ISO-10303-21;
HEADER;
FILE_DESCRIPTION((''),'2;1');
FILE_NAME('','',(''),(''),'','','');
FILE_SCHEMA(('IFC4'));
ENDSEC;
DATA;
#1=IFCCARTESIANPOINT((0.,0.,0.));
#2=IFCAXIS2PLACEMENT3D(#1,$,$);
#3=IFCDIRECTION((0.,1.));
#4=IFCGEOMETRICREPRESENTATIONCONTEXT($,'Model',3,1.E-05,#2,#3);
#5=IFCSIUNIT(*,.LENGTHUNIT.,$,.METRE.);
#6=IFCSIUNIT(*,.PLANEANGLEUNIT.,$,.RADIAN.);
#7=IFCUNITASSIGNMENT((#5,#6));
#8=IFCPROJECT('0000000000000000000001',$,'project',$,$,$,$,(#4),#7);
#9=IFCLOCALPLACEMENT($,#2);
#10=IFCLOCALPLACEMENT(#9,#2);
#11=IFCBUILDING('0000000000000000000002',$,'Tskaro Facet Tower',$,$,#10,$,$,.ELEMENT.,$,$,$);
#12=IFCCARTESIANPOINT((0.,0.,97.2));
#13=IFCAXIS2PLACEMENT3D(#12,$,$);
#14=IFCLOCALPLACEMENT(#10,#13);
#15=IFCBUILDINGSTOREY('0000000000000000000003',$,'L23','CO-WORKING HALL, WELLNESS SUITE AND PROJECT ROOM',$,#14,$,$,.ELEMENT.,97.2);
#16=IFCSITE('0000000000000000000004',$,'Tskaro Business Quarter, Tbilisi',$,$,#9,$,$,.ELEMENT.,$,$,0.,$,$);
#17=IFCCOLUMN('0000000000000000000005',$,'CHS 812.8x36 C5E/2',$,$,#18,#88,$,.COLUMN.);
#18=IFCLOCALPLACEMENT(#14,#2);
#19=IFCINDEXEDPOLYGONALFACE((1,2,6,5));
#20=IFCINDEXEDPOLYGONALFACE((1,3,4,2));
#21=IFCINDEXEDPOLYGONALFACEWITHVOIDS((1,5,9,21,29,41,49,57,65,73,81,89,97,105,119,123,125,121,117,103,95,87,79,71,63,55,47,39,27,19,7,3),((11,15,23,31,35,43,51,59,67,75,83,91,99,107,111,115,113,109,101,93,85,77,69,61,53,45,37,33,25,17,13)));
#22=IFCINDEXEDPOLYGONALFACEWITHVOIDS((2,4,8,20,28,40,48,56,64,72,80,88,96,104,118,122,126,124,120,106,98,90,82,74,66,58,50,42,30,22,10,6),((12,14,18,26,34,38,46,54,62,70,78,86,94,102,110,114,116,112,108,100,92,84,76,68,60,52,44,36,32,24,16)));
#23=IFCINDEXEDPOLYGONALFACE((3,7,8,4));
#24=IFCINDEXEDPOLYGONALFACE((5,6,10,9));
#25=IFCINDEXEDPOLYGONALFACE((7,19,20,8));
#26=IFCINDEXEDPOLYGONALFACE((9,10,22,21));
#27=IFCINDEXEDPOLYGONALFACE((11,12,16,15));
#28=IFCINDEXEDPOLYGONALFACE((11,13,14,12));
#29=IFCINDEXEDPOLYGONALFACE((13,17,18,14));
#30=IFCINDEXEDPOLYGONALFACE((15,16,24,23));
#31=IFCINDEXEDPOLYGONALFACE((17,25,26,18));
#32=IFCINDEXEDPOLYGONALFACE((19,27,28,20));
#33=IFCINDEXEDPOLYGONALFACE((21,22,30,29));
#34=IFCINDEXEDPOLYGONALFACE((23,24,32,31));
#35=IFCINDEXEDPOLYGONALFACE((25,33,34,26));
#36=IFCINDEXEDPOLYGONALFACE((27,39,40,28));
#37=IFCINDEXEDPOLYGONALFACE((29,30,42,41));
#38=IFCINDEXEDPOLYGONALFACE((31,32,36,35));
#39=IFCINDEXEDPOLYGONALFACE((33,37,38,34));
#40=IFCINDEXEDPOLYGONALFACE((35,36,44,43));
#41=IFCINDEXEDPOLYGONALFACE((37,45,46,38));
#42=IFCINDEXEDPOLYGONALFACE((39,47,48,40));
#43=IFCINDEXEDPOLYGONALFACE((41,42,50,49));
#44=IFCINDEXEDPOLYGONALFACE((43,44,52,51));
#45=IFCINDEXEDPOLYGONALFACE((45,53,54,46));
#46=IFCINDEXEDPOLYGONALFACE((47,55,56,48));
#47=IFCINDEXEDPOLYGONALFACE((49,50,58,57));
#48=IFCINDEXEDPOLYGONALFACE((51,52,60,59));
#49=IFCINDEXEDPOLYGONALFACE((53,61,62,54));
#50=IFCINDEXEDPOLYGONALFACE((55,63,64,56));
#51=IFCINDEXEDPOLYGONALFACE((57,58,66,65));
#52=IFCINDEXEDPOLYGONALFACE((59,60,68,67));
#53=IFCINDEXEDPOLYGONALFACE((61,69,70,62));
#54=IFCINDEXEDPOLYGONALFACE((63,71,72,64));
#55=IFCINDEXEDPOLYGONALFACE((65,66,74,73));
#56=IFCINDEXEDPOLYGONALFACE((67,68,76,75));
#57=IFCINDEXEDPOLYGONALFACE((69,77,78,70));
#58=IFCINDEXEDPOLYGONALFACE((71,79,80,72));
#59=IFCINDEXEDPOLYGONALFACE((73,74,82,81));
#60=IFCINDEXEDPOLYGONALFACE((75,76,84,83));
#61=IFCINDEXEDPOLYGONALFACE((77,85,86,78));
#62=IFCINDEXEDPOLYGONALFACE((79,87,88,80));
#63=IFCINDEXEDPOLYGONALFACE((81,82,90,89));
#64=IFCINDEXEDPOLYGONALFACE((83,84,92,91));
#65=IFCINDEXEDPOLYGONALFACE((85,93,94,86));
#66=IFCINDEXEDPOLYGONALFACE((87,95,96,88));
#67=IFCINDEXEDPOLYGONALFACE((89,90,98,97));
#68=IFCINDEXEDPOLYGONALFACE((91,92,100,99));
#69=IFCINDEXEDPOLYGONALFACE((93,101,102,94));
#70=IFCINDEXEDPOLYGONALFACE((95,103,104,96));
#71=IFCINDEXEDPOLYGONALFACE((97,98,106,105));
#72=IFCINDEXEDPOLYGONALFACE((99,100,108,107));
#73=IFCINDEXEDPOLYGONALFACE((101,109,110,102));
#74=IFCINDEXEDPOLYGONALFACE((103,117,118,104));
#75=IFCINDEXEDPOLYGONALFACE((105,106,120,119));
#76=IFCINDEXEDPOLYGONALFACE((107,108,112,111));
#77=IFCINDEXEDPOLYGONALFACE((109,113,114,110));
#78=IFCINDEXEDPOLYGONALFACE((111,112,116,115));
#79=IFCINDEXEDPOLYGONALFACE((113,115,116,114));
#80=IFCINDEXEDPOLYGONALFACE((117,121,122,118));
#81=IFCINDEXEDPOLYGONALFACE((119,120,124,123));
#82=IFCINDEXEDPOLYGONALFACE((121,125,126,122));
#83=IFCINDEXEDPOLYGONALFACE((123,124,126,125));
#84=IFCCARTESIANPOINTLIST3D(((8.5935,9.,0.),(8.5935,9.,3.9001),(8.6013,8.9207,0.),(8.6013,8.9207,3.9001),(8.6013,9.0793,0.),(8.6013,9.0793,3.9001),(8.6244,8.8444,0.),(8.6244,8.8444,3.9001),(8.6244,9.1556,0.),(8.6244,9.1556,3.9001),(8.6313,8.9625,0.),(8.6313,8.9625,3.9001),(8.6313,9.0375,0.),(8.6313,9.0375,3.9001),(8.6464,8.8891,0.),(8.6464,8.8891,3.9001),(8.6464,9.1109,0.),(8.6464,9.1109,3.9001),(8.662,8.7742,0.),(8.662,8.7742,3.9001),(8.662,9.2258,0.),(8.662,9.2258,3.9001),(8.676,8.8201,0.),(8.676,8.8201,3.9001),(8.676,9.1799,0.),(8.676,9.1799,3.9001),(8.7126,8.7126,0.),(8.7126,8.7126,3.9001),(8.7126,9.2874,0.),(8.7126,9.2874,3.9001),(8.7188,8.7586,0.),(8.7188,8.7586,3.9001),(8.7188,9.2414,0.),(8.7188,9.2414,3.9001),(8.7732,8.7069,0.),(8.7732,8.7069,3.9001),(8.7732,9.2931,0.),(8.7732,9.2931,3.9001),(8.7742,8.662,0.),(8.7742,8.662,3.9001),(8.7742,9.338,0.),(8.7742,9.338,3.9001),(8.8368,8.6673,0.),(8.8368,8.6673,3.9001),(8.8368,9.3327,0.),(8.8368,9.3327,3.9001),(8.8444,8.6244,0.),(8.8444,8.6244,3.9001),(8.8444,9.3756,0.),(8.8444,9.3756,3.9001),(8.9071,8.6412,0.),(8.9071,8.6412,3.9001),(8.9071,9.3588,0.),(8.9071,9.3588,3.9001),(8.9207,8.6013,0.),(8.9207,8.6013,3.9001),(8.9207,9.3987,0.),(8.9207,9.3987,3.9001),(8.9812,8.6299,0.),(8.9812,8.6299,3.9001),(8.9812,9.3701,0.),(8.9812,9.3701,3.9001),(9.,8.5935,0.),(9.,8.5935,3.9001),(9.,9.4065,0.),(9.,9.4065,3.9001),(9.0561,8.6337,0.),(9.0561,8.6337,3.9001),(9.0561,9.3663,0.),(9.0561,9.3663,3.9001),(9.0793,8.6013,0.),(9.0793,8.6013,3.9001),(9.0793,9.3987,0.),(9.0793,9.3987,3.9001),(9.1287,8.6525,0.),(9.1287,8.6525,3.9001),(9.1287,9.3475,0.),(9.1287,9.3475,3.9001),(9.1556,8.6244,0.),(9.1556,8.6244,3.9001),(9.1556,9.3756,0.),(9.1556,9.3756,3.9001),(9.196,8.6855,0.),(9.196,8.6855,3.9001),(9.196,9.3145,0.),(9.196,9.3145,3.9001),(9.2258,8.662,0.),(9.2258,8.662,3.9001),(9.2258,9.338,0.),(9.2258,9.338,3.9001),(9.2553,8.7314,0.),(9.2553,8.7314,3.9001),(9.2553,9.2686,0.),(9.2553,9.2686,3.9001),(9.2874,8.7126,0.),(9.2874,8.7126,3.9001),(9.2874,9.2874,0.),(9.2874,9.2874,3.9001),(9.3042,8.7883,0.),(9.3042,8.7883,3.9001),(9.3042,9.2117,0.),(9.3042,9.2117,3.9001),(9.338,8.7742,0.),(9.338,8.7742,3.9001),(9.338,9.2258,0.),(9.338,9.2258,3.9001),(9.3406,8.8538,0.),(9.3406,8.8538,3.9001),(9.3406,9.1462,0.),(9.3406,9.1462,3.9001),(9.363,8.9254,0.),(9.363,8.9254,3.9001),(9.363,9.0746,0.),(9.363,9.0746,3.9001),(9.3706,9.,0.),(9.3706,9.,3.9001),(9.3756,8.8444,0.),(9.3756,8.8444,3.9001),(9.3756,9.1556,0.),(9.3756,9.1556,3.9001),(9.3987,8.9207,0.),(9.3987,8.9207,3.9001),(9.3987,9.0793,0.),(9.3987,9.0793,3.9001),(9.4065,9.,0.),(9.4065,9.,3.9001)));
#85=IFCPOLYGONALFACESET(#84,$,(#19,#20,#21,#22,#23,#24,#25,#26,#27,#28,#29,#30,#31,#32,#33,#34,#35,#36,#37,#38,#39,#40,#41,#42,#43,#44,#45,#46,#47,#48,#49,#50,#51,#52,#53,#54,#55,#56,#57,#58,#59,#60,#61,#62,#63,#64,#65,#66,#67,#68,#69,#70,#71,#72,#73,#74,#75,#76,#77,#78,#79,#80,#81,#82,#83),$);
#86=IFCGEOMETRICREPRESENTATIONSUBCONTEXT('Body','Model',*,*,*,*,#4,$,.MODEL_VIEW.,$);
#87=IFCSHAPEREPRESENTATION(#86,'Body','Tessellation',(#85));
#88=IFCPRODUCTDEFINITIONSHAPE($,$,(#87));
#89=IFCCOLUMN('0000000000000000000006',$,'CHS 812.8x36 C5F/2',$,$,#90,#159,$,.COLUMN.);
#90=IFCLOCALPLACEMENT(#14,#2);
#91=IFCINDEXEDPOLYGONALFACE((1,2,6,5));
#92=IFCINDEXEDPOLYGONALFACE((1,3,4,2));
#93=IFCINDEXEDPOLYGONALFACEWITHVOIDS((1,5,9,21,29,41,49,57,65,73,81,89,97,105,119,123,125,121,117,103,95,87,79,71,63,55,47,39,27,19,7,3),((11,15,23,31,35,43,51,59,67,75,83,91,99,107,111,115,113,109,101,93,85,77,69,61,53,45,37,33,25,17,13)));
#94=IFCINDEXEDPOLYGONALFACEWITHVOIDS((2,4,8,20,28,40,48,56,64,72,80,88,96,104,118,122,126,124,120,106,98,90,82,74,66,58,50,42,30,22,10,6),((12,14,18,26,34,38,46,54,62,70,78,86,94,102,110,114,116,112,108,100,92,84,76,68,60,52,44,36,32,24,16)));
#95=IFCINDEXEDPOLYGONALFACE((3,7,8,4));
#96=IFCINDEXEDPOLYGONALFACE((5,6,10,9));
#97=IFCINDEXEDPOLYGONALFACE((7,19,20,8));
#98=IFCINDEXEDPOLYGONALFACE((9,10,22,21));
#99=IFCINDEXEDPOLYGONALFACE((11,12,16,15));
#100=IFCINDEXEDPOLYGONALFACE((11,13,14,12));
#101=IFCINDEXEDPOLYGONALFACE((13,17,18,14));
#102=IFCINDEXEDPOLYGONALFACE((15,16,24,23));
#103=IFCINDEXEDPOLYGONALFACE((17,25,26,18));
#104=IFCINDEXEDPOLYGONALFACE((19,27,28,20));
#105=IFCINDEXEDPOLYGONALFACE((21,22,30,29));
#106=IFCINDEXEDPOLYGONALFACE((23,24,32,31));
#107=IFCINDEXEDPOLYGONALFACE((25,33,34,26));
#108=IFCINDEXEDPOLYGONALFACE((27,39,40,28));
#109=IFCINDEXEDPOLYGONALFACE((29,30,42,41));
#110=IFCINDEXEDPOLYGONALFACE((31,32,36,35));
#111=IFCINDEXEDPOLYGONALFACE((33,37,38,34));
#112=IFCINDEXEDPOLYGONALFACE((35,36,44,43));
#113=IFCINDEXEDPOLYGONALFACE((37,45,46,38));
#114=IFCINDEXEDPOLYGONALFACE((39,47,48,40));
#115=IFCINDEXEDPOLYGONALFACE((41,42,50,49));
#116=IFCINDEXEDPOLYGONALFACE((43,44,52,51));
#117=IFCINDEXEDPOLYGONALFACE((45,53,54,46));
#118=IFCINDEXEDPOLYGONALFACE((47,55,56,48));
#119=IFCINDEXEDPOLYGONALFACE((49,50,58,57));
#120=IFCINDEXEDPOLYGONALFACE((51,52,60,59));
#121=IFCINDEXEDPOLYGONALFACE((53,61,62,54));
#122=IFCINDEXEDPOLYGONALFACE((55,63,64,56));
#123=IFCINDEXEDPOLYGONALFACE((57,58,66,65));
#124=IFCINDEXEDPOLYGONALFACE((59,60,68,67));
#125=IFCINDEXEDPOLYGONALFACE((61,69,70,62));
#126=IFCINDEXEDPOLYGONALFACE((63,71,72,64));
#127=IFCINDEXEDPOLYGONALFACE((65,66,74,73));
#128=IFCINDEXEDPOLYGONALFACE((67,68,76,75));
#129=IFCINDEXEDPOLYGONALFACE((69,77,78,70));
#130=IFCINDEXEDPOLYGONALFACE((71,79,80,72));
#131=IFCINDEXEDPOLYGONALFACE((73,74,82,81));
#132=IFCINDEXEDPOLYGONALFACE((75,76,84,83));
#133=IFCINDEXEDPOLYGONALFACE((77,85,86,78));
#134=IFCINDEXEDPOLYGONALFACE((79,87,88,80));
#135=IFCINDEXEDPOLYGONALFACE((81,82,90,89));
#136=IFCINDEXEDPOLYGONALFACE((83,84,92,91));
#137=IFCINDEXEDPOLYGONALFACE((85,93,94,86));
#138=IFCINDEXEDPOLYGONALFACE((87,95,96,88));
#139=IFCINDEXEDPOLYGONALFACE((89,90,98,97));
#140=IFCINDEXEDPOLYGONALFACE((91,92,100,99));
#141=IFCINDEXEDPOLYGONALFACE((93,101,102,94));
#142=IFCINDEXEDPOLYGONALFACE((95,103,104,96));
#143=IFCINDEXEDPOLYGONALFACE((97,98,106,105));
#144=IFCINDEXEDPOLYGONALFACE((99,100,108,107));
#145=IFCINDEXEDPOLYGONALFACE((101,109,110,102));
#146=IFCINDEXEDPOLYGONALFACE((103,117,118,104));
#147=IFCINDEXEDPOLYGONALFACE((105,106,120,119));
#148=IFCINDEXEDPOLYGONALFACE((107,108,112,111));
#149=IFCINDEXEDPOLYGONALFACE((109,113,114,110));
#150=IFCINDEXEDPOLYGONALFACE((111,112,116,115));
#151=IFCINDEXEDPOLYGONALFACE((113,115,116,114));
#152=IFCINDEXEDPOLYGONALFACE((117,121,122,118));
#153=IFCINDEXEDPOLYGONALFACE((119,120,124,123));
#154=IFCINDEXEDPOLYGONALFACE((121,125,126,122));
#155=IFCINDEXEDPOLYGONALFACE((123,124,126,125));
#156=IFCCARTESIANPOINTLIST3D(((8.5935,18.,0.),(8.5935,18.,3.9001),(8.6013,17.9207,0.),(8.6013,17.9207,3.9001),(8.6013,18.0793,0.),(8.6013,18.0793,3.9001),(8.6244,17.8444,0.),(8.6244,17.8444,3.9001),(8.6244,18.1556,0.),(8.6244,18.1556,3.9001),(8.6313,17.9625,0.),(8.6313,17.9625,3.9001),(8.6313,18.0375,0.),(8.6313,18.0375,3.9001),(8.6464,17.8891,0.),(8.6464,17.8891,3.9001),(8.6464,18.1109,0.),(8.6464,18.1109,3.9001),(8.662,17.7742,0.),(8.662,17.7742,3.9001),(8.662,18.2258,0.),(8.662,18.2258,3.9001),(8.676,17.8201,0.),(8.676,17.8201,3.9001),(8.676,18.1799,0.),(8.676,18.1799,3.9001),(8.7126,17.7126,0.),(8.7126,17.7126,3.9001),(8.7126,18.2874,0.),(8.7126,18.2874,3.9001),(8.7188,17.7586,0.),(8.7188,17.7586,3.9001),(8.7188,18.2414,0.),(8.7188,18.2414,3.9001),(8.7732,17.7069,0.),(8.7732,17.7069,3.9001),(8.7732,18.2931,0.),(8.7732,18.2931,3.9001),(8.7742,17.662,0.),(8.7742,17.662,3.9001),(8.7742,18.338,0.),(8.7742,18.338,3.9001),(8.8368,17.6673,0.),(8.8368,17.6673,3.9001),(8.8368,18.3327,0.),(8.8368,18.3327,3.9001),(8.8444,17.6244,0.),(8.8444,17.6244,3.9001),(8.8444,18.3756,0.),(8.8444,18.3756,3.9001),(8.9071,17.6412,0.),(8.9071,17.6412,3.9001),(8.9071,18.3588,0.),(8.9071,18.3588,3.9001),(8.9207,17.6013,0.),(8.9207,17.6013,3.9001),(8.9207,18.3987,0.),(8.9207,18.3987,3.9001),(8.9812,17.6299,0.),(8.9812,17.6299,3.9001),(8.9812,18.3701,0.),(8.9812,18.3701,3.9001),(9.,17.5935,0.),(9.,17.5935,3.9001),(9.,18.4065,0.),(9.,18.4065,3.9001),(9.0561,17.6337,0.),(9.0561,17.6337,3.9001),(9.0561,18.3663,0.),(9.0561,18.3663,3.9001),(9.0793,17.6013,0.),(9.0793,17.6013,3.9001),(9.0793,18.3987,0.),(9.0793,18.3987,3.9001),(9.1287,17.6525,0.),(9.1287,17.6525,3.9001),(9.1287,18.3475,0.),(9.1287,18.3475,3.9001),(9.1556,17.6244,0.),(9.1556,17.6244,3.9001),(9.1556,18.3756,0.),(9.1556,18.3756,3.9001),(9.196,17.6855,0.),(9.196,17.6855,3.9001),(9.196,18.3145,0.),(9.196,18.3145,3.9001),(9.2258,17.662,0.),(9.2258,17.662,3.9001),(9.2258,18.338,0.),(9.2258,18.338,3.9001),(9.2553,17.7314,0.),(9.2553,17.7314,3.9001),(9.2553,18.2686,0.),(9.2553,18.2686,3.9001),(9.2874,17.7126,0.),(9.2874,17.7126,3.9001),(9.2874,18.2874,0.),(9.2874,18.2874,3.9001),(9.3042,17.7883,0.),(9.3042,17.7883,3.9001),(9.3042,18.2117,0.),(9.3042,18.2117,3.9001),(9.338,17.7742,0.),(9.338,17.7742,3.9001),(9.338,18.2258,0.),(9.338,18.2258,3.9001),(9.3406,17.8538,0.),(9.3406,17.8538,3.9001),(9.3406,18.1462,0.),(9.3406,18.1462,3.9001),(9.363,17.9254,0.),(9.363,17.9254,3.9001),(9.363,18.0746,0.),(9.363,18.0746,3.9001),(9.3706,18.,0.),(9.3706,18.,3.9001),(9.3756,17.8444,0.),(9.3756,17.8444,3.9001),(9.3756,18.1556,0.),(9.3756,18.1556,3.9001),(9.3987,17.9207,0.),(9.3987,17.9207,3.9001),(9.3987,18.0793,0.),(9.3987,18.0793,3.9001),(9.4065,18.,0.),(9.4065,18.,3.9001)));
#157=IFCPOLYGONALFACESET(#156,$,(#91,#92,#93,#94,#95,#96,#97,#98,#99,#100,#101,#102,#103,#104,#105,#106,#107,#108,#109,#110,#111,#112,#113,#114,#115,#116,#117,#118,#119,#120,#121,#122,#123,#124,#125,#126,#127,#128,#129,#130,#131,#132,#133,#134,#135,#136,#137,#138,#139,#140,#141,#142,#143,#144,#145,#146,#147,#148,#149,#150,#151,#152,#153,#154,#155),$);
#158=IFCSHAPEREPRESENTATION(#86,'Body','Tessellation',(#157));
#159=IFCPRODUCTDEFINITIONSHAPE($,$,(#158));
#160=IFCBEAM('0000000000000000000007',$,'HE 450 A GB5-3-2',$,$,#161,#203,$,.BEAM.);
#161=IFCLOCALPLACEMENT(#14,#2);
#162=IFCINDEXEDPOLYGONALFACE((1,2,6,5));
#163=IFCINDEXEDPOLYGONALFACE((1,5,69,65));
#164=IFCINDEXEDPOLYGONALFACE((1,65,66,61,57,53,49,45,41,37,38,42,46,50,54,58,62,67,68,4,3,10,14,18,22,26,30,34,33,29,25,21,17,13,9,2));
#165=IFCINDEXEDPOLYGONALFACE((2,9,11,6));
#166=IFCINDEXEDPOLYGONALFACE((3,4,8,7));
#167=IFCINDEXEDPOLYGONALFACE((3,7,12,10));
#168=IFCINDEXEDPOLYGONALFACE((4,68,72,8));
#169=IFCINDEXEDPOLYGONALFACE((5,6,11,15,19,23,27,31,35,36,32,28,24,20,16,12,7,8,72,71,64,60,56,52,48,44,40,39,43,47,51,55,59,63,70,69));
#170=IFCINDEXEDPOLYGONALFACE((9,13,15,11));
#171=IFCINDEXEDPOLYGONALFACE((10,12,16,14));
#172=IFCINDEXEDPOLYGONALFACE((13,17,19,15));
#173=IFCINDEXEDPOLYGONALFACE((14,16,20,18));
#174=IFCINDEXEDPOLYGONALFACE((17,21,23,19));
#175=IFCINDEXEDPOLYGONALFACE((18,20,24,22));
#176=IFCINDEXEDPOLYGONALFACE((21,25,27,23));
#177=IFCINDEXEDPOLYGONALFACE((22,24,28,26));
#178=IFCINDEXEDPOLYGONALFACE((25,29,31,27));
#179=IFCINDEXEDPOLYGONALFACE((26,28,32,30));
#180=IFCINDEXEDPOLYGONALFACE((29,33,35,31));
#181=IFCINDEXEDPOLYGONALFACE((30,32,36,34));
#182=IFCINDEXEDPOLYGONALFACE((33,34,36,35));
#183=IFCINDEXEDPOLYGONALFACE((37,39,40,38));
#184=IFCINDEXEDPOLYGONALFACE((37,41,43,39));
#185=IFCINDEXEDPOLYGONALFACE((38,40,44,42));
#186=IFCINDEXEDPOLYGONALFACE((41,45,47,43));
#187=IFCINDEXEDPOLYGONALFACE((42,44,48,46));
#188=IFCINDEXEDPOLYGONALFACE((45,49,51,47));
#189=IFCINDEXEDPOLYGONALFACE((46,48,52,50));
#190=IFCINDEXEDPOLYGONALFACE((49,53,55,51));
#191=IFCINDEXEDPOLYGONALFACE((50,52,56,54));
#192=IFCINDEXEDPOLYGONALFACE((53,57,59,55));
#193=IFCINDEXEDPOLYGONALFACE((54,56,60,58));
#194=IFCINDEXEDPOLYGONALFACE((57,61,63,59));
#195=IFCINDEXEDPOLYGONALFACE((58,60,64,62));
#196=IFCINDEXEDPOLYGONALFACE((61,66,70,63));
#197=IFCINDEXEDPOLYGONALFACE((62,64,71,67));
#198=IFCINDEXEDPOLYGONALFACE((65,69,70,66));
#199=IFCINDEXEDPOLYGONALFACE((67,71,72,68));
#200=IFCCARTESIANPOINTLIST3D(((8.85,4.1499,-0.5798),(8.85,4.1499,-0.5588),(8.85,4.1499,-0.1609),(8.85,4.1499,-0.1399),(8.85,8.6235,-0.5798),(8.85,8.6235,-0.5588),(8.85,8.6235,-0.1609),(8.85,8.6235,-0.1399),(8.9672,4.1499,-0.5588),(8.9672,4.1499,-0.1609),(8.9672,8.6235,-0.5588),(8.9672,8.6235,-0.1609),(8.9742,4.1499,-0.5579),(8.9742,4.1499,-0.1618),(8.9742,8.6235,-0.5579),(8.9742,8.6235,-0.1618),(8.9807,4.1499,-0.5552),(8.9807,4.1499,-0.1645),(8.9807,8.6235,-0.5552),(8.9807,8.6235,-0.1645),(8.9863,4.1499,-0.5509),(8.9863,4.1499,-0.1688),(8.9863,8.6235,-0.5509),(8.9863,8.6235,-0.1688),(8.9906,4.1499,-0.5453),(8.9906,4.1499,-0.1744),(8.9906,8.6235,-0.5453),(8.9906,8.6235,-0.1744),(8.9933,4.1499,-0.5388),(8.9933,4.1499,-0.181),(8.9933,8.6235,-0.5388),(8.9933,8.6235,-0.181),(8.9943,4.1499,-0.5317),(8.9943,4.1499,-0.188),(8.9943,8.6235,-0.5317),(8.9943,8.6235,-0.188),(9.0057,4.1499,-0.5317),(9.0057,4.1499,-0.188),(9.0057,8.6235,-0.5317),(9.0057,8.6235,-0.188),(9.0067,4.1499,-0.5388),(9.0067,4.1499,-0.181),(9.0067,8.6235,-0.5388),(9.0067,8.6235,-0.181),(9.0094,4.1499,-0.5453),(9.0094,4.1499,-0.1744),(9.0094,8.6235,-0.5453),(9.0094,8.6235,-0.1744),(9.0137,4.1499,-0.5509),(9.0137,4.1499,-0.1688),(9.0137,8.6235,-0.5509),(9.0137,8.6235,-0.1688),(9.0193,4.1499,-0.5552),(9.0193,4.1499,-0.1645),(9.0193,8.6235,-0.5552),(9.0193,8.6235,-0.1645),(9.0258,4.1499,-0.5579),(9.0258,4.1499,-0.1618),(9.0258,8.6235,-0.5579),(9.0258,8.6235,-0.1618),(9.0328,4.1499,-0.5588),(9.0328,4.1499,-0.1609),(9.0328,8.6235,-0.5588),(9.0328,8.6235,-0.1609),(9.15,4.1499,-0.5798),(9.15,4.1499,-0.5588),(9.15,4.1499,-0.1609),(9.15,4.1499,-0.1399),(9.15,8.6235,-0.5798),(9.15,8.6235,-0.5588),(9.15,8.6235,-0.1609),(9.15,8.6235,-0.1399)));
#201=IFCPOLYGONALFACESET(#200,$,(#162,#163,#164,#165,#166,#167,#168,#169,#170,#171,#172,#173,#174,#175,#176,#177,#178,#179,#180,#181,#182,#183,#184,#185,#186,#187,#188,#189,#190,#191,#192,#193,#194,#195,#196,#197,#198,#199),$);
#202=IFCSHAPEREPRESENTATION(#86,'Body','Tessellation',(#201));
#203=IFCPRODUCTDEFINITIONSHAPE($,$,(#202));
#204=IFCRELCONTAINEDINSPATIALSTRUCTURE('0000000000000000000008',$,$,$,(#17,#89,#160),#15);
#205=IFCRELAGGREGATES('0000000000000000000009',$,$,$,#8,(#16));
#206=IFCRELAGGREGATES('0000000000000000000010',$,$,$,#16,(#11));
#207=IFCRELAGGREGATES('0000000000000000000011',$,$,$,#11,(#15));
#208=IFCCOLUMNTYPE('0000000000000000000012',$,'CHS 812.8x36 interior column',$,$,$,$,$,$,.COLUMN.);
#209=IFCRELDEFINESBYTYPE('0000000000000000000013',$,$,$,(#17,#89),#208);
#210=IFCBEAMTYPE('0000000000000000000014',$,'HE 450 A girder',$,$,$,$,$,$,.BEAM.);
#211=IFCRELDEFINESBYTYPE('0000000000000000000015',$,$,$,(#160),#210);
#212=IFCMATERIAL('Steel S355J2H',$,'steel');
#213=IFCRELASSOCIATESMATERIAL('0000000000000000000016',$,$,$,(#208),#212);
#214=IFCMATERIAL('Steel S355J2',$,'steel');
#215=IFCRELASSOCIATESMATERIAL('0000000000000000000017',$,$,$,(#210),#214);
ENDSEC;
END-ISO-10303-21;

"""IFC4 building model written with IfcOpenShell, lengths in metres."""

from ifc_helpers import new_model, si_unit, direction, frame, origin, origin_2d, place, context, subcontext, project, spatial, hollow_circle, i_section, extrude, material, material_profile, profile_set, type_object, element, save


model = new_model("IFC4")

# Units and contexts
model_context = context("Model", 3, precision=1e-05, world=origin(), true_north=direction((0.0, 1.0)))
body_context = subcontext(model_context, "Body", "Model", "MODEL_VIEW")
ifc_project = project(units=[si_unit("LENGTHUNIT", "METRE"), si_unit("PLANEANGLEUNIT", "RADIAN")], contexts=[model_context])

# Site, building, storey
site_placement = place(None, origin())
site = spatial("IfcSite", under=ifc_project, at=site_placement, Name="Tskaro Business Quarter, Tbilisi", CompositionType="ELEMENT", RefElevation=0.0)
building_placement = place(site_placement, origin())
building = spatial("IfcBuilding", under=site, at=building_placement, Name="Tskaro Facet Tower", CompositionType="ELEMENT")
storey_placement = place(building_placement, frame((0.0, 0.0, 97.2)))
storey = spatial("IfcBuildingStorey", under=building, at=storey_placement, Name="L23", Description="CO-WORKING HALL, WELLNESS SUITE AND PROJECT ROOM", CompositionType="ELEMENT", Elevation=97.2)

# Columns
ifc_material_1 = material(Name="Steel S355J2H", Category="steel")
ifc_material_profile_1 = material_profile(ifc_material_1, hollow_circle(Radius=0.4065, WallThickness=0.0359, at=origin_2d()), Name="CHS 812.8x36")
ifc_profile_set_1 = profile_set([ifc_material_profile_1], Name="Steel S355J2H")
column_type = type_object("IfcColumnType", Name="CHS 812.8x36 interior column", PredefinedType="COLUMN", material=ifc_profile_set_1)
for number, where, z_axis, x_axis, name in (
    (1, (9.0, 9.0, 0.0), (0.0, 0.0, 1.0), (1.0, 0.0, 0.0), "CHS 812.8x36 C5E/2"),
    (2, (9.0, 18.0, 0.0), (0.0, 0.0, 1.0), (1.0, 0.0, 0.0), "CHS 812.8x36 C5F/2"),
):
    element("IfcColumn", number, at=place(storey_placement, frame(where, z_axis=z_axis, x_axis=x_axis)), inside=storey, type_object=column_type, Name=name, PredefinedType="COLUMN", context=body_context, shape_type="SweptSolid", body=[
        extrude(hollow_circle(Radius=0.4065, WallThickness=0.0359, at=origin_2d()), origin(), (0.0, 0.0, 1.0), 3.9001),
    ])

# Beam
ifc_material_2 = material(Name="Steel S355J2", Category="steel")
ifc_material_profile_2 = material_profile(ifc_material_2, i_section(OverallWidth=0.3, OverallDepth=0.4399, WebThickness=0.0115, FlangeThickness=0.021, FilletRadius=0.0271, at=origin_2d()), Name="HE 450 A")
ifc_profile_set_2 = profile_set([ifc_material_profile_2], Name="Steel S355J2")
beam_type_1 = type_object("IfcBeamType", Name="HE 450 A girder", PredefinedType="BEAM", material=ifc_profile_set_2)
beam_1_placement = place(storey_placement, frame((9.0, 4.1499, -0.3599), z_axis=(0.0, 1.0, 0.0), x_axis=(-1.0, 0.0, 0.0)))
element("IfcBeam", 3, at=beam_1_placement, inside=storey, type_object=beam_type_1, Name="HE 450 A GB5-3-2", PredefinedType="BEAM", context=body_context, shape_type="SweptSolid", body=[
    extrude(i_section(OverallWidth=0.3, OverallDepth=0.4399, WebThickness=0.0115, FlangeThickness=0.021, FilletRadius=0.0271, at=origin_2d()), origin(), (0.0, 0.0, 1.0), 4.4736),
])

save(model, "model.ifc")
